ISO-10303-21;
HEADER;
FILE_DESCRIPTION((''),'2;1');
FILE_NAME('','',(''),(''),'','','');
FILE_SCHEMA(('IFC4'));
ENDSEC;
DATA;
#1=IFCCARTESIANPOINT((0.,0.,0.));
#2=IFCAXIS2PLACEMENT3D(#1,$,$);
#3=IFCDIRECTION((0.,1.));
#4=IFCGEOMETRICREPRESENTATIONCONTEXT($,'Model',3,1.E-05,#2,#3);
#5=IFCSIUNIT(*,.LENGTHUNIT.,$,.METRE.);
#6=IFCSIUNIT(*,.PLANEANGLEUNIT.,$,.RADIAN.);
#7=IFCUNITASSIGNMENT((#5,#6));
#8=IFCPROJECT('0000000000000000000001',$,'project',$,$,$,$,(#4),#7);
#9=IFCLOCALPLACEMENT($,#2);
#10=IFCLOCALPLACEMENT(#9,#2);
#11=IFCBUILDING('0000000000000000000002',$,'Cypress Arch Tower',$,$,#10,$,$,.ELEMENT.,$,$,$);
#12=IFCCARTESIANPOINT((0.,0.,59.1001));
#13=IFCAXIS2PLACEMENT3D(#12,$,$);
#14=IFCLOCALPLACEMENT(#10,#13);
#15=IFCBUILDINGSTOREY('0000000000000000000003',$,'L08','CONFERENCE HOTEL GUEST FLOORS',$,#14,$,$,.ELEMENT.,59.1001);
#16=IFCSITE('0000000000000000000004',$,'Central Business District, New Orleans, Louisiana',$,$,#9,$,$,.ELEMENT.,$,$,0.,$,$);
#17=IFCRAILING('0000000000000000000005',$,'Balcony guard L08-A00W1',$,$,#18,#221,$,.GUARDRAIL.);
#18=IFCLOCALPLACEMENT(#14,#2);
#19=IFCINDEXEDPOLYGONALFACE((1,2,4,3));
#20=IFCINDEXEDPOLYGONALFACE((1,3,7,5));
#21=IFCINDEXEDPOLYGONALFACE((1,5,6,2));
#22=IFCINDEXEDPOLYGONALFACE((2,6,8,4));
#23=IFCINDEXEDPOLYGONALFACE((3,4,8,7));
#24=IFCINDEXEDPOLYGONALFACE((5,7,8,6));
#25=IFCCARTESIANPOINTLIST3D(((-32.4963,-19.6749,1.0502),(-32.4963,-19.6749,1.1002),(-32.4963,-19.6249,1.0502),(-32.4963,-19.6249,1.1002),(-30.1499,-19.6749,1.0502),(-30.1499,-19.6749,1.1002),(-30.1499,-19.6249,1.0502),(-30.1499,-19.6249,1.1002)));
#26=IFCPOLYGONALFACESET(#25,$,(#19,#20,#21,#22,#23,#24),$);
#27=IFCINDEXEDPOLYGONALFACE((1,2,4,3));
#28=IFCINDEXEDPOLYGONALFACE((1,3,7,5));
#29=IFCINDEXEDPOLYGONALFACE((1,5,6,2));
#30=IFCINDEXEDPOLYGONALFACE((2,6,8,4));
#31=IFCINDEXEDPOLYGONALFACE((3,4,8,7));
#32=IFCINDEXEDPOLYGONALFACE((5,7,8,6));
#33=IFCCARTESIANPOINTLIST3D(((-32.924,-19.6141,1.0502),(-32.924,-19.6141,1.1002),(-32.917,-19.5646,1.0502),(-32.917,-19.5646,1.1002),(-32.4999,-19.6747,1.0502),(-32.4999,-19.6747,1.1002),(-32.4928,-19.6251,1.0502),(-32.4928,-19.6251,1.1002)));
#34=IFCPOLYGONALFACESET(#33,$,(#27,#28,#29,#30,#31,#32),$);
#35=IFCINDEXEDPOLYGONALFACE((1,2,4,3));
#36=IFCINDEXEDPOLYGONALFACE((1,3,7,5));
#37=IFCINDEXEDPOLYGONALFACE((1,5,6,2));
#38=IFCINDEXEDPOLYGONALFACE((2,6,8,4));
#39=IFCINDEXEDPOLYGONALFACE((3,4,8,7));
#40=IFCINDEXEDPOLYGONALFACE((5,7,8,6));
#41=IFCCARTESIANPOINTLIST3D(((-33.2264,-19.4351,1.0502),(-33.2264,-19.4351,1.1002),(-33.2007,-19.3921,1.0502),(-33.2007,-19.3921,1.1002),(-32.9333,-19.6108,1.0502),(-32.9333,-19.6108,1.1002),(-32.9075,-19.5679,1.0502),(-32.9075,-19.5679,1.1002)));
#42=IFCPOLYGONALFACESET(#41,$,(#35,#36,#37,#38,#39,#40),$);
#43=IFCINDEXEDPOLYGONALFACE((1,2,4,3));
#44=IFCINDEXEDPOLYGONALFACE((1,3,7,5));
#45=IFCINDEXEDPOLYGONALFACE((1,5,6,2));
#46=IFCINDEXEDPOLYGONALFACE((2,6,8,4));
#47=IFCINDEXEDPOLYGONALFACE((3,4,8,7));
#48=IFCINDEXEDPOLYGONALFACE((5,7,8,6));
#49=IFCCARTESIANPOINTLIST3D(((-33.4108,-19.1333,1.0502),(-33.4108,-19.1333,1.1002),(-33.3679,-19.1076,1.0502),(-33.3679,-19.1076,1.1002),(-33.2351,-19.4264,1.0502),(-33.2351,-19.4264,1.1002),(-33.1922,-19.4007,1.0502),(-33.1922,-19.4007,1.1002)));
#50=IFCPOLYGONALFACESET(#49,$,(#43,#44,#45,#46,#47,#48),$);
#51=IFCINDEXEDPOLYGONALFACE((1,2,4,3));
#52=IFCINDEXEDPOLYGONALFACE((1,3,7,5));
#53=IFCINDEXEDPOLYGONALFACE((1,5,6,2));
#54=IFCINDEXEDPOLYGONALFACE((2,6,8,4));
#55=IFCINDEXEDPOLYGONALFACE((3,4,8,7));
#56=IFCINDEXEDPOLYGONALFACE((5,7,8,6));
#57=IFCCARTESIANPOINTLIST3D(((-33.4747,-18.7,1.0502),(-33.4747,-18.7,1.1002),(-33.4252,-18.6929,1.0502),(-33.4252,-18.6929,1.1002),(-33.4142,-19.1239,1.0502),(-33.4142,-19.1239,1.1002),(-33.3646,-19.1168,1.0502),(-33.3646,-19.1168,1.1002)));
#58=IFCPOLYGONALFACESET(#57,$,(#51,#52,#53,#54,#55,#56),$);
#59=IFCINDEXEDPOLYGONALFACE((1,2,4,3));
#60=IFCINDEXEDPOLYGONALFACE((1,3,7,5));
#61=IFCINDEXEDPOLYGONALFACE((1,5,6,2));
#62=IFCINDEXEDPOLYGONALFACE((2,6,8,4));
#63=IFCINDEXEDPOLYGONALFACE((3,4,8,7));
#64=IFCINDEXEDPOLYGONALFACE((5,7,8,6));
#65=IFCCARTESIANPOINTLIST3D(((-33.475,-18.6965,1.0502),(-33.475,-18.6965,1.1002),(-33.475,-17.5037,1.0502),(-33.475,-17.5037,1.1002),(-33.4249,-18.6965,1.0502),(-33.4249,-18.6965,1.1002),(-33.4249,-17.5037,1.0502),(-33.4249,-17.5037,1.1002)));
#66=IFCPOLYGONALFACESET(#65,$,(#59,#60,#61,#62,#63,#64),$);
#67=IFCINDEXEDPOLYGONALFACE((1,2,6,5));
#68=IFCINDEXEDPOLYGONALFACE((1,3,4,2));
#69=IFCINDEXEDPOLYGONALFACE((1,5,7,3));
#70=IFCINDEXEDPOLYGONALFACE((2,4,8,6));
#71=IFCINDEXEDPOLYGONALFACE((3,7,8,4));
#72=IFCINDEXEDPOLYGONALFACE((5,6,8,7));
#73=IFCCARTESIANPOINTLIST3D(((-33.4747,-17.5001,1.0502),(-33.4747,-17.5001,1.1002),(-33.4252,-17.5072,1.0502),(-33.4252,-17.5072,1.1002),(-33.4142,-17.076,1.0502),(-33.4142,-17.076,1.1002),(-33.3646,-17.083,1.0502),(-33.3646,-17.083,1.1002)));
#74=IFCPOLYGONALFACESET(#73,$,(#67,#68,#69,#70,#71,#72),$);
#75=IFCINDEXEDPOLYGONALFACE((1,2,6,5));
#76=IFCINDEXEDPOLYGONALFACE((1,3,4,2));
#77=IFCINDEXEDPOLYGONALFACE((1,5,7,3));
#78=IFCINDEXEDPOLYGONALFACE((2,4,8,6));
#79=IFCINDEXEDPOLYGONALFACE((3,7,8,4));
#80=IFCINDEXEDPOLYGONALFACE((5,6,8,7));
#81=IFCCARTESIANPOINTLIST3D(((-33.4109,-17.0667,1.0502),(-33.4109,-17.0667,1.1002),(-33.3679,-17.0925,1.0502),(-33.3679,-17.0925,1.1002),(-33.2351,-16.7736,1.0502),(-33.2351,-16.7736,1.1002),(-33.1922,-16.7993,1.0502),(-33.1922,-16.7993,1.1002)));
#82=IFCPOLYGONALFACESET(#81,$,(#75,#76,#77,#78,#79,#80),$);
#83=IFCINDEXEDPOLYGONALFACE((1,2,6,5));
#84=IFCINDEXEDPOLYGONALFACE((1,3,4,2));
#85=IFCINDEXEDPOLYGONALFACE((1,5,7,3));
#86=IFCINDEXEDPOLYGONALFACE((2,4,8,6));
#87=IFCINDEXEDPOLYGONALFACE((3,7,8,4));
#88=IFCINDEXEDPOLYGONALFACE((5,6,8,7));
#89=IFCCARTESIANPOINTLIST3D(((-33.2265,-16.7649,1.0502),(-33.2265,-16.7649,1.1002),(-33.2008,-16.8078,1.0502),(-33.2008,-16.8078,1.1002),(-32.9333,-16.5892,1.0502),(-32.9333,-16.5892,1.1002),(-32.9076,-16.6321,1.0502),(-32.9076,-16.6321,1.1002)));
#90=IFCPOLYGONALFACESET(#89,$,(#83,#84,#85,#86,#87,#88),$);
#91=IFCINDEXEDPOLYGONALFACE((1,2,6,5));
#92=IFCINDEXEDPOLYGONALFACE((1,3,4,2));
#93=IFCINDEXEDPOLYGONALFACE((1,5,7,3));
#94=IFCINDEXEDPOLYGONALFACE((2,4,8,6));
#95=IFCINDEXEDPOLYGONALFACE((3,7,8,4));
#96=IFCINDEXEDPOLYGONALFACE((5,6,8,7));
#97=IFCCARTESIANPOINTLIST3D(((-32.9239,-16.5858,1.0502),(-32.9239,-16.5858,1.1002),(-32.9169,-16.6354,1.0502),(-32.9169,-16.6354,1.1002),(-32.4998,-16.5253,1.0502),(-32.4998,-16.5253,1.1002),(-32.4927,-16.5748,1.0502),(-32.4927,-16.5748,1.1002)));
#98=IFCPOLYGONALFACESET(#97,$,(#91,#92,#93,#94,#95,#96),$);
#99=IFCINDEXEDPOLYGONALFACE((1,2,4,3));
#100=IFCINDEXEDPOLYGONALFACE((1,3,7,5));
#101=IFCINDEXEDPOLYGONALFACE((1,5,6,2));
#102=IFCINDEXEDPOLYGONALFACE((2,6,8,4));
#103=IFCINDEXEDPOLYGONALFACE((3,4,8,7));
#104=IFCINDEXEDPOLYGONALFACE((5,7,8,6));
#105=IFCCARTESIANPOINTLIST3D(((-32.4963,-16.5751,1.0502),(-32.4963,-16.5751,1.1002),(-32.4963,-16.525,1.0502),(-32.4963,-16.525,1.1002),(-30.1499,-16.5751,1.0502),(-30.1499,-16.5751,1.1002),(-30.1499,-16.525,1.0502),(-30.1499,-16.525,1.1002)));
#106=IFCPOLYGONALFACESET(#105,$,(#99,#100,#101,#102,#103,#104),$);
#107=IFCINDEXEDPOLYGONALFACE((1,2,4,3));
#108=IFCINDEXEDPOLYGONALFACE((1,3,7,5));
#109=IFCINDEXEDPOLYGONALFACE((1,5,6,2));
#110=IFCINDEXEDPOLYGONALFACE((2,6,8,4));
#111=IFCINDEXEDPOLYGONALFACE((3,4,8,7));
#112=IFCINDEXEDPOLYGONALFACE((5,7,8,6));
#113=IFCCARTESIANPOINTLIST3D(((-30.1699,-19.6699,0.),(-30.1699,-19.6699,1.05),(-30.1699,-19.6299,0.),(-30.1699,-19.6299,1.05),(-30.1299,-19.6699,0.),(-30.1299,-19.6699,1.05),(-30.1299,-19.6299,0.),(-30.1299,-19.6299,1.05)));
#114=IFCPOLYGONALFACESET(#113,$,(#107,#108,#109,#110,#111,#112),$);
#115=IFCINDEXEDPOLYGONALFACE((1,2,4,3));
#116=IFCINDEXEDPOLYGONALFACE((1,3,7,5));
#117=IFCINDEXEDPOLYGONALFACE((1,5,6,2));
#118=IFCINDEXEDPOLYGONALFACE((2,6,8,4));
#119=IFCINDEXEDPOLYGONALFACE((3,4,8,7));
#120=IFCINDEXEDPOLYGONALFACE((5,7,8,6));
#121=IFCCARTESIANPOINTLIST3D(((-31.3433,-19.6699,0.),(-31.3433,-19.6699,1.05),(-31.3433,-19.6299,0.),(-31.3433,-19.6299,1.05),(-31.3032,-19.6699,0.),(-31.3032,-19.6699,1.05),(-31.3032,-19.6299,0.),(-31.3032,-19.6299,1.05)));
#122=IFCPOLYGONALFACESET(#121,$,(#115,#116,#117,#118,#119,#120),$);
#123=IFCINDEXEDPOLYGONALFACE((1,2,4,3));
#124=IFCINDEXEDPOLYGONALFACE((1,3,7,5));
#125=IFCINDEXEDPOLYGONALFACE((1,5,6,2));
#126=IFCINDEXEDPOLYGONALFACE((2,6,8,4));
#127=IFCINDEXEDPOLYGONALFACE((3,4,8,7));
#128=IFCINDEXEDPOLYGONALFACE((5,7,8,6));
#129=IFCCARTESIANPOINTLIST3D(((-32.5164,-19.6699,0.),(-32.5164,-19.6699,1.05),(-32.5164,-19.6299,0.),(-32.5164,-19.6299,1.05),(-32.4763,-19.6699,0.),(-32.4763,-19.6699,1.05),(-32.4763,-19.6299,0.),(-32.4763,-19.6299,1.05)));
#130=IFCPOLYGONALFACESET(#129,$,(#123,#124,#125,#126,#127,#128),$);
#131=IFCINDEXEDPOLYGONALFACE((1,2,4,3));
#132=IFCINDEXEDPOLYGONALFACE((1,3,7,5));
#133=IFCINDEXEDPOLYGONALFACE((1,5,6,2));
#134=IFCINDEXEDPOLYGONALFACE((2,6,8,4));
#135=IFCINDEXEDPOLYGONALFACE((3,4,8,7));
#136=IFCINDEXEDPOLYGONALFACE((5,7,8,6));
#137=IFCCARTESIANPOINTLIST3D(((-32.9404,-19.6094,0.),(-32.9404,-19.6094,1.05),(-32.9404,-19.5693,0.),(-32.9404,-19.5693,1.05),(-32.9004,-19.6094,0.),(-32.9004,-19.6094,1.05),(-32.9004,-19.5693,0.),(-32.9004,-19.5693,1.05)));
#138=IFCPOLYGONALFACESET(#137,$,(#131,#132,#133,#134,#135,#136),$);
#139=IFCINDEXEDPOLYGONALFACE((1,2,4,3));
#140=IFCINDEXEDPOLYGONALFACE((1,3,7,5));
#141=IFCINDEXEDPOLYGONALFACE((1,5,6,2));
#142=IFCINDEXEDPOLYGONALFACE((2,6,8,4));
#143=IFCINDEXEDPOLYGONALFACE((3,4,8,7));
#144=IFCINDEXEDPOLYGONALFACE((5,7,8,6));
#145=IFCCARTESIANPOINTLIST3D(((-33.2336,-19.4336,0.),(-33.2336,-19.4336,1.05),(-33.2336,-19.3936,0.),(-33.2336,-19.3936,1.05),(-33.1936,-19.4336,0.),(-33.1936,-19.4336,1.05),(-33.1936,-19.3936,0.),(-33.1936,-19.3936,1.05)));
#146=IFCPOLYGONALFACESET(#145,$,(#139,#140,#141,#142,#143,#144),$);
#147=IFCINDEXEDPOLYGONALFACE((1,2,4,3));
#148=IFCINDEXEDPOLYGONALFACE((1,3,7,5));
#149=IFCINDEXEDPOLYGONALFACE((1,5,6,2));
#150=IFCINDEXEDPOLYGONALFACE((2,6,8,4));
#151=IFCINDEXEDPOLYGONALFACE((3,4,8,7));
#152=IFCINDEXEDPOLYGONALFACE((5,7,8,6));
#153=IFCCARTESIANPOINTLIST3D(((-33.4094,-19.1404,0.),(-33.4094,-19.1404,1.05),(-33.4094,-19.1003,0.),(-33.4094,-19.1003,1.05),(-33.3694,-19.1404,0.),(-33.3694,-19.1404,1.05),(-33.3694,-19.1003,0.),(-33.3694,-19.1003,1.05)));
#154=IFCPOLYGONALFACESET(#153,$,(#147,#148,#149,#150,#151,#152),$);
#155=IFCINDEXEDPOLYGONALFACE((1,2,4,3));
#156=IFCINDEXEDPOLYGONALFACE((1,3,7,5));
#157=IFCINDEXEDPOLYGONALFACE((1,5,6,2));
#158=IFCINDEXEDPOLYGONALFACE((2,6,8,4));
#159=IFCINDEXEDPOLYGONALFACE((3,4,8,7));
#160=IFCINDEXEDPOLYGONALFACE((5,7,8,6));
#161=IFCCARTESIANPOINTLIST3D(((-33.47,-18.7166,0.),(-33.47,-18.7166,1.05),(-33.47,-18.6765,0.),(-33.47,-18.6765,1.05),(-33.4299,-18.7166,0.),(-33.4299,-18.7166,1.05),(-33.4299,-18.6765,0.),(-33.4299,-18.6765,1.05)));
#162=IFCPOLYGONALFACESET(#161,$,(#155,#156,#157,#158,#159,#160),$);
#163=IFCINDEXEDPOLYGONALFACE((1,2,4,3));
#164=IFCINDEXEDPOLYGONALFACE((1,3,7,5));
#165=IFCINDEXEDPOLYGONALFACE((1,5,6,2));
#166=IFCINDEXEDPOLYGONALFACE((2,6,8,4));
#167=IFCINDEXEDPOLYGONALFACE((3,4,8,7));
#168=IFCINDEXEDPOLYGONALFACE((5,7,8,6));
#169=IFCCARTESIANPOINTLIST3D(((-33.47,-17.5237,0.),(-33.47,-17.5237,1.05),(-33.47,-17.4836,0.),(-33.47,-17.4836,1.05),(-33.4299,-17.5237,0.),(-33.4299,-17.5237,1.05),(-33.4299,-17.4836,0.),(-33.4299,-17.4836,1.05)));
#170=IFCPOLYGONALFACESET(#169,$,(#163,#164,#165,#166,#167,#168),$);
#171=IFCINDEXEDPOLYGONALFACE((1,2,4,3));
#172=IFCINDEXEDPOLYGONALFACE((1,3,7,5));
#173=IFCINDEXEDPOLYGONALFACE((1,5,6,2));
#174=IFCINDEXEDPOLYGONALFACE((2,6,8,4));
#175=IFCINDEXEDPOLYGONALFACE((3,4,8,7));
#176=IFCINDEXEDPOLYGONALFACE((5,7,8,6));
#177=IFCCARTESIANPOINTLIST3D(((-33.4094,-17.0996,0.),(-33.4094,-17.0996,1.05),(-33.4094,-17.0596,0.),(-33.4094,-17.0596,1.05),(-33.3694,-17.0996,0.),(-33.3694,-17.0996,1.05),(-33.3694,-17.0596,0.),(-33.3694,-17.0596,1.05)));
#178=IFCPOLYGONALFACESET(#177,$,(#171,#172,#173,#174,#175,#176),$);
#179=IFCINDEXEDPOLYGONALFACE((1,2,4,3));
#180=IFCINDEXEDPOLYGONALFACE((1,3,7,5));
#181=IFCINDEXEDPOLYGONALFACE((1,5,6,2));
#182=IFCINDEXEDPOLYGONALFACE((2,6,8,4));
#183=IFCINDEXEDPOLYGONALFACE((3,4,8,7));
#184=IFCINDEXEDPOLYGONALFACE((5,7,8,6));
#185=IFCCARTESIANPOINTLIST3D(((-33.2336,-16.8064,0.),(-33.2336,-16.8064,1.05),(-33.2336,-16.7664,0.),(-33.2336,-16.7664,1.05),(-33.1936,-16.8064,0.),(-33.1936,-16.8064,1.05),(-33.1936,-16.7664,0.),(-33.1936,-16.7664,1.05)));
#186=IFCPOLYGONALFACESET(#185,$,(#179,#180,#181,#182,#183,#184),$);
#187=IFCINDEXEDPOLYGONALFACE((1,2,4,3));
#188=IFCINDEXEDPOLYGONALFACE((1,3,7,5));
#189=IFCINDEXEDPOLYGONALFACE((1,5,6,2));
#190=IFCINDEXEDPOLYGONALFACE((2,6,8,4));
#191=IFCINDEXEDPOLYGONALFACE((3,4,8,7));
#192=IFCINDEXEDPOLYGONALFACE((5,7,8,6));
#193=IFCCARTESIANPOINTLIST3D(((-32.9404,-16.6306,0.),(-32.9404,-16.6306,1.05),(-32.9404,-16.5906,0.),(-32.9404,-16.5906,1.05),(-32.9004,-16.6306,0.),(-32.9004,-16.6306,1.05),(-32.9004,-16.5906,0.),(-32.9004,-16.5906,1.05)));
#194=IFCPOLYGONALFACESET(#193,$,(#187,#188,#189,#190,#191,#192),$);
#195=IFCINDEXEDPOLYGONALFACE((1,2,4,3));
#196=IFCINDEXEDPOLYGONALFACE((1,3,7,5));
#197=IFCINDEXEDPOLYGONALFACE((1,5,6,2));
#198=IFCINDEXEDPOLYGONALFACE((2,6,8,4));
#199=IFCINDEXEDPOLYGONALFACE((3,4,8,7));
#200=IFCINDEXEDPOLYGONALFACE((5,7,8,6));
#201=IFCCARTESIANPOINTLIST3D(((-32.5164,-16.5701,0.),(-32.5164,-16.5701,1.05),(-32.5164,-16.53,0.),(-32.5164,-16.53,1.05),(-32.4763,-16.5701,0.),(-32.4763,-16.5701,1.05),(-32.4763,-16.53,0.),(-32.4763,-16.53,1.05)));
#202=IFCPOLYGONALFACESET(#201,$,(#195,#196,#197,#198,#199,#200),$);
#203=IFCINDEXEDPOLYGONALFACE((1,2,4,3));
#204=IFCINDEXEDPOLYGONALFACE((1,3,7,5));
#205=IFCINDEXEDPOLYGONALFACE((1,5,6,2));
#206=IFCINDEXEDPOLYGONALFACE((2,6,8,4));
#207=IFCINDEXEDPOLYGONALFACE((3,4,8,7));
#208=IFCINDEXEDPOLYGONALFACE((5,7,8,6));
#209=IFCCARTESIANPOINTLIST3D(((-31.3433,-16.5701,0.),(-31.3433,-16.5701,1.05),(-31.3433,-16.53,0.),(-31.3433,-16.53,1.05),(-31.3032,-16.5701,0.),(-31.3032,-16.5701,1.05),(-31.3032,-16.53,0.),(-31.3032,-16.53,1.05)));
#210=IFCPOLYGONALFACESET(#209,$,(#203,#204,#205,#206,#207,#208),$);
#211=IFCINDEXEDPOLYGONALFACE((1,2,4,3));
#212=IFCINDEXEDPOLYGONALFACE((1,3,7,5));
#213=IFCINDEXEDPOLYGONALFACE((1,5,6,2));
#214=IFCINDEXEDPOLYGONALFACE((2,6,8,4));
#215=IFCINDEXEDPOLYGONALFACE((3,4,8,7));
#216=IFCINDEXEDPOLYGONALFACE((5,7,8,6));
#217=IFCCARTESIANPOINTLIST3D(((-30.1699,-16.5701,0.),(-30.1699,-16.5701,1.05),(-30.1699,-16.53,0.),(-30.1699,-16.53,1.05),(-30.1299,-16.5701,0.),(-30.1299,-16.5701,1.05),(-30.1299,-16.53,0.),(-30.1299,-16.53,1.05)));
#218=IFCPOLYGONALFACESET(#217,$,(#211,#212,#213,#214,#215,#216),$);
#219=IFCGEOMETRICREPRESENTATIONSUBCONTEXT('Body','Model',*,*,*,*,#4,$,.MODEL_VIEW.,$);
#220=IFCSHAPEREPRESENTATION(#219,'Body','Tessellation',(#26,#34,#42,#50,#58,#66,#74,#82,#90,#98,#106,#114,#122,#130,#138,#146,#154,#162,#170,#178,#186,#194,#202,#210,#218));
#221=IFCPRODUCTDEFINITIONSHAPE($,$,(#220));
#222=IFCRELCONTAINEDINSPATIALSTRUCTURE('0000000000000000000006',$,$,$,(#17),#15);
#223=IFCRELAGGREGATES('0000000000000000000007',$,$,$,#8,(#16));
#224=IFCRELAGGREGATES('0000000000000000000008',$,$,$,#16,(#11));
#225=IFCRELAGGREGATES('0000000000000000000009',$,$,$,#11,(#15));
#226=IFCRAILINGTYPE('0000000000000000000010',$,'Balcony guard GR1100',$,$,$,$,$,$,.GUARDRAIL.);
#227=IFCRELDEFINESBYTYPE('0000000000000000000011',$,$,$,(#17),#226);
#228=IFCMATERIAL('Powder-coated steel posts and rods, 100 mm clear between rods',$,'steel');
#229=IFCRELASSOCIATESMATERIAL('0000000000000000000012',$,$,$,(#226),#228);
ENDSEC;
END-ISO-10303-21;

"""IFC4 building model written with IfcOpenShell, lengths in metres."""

from ifc_helpers import new_model, si_unit, direction, frame, origin, origin_2d, place, context, subcontext, project, spatial, rectangle, extrude, material, type_object, element, save


model = new_model("IFC4")

# Units and contexts
model_context = context("Model", 3, precision=1e-05, world=origin(), true_north=direction((0.0, 1.0)))
body_context = subcontext(model_context, "Body", "Model", "MODEL_VIEW")
ifc_project = project(units=[si_unit("LENGTHUNIT", "METRE"), si_unit("PLANEANGLEUNIT", "RADIAN")], contexts=[model_context])

# Site, building, storey
site_placement = place(None, origin())
site = spatial("IfcSite", under=ifc_project, at=site_placement, Name="Central Business District, New Orleans, Louisiana", CompositionType="ELEMENT", RefElevation=0.0)
building_placement = place(site_placement, origin())
building = spatial("IfcBuilding", under=site, at=building_placement, Name="Cypress Arch Tower", CompositionType="ELEMENT")
storey_placement = place(building_placement, frame((0.0, 0.0, 59.1001)))
storey = spatial("IfcBuildingStorey", under=building, at=storey_placement, Name="L08", Description="CONFERENCE HOTEL GUEST FLOORS", CompositionType="ELEMENT", Elevation=59.1001)

# Railing
ifc_material_1 = material(Name="Powder-coated steel posts and rods, 100 mm clear between rods", Category="steel")
railing_type = type_object("IfcRailingType", Name="Balcony guard GR1100", PredefinedType="GUARDRAIL", material=ifc_material_1)
railing_placement = place(storey_placement, frame((-30.1499, -19.6499, 0.0)))
element("IfcRailing", 1, at=railing_placement, inside=storey, type_object=railing_type, Name="Balcony guard L08-A00W1", PredefinedType="GUARDRAIL", context=body_context, shape_type="SweptSolid", body=[
    extrude(rectangle(XDim=0.05, YDim=0.05, at=origin_2d()), frame((0.0, 0.0, 1.0752), z_axis=(-1.0, 0.0, 0.0), x_axis=(0.0, -1.0, 0.0)), (0.0, 0.0, 1.0), 2.3464),
    extrude(rectangle(XDim=0.05, YDim=0.05, at=origin_2d()), frame((-2.3464, 0.0, 1.0752), z_axis=(-0.989961, 0.141342, 0.0), x_axis=(-0.141342, -0.989961, 0.0)), (0.0, 0.0, 1.0), 0.4285),
    extrude(rectangle(XDim=0.05, YDim=0.05, at=origin_2d()), frame((-2.7705, 0.0605, 1.0752), z_axis=(-0.857682, 0.514181, 0.0), x_axis=(-0.514181, -0.857682, 0.0)), (0.0, 0.0, 1.0), 0.3418),
    extrude(rectangle(XDim=0.05, YDim=0.05, at=origin_2d()), frame((-3.0637, 0.2363, 1.0752), z_axis=(-0.514181, 0.857682, 0.0), x_axis=(-0.857682, -0.514181, 0.0)), (0.0, 0.0, 1.0), 0.3418),
    extrude(rectangle(XDim=0.05, YDim=0.05, at=origin_2d()), frame((-3.2395, 0.5295, 1.0752), z_axis=(-0.141421, 0.989949, 0.0), x_axis=(-0.989949, -0.141421, 0.0)), (0.0, 0.0, 1.0), 0.4282),
    extrude(rectangle(XDim=0.05, YDim=0.05, at=origin_2d()), frame((-3.3, 0.9534, 1.0752), z_axis=(0.0, 1.0, 0.0), x_axis=(-1.0, 0.0, 0.0)), (0.0, 0.0, 1.0), 1.1929),
    extrude(rectangle(XDim=0.05, YDim=0.05, at=origin_2d()), frame((-3.3, 2.1462, 1.0752), z_axis=(0.141342, 0.989961, 0.0), x_axis=(-0.989961, 0.141342, 0.0)), (0.0, 0.0, 1.0), 0.4285),
    extrude(rectangle(XDim=0.05, YDim=0.05, at=origin_2d()), frame((-3.2395, 2.5703, 1.0752), z_axis=(0.514181, 0.857682, 0.0), x_axis=(-0.857682, 0.514181, 0.0)), (0.0, 0.0, 1.0), 0.3418),
    extrude(rectangle(XDim=0.05, YDim=0.05, at=origin_2d()), frame((-3.0637, 2.8635, 1.0752), z_axis=(0.857682, 0.514181, 0.0), x_axis=(-0.514181, 0.857682, 0.0)), (0.0, 0.0, 1.0), 0.3418),
    extrude(rectangle(XDim=0.05, YDim=0.05, at=origin_2d()), frame((-2.7705, 3.0393, 1.0752), z_axis=(0.989961, 0.141342, 0.0), x_axis=(-0.141342, 0.989961, 0.0)), (0.0, 0.0, 1.0), 0.4285),
    extrude(rectangle(XDim=0.05, YDim=0.05, at=origin_2d()), frame((-2.3464, 3.0999, 1.0752), z_axis=(1.0, 0.0, 0.0), x_axis=(0.0, 1.0, 0.0)), (0.0, 0.0, 1.0), 2.3464),
    extrude(rectangle(XDim=0.04, YDim=0.04, at=origin_2d()), origin(), (0.0, 0.0, 1.0), 1.05),
    extrude(rectangle(XDim=0.04, YDim=0.04, at=origin_2d()), frame((-1.1733, 0.0, 0.0)), (0.0, 0.0, 1.0), 1.05),
    extrude(rectangle(XDim=0.04, YDim=0.04, at=origin_2d()), frame((-2.3464, 0.0, 0.0)), (0.0, 0.0, 1.0), 1.05),
    extrude(rectangle(XDim=0.04, YDim=0.04, at=origin_2d()), frame((-2.7705, 0.0605, 0.0)), (0.0, 0.0, 1.0), 1.05),
    extrude(rectangle(XDim=0.04, YDim=0.04, at=origin_2d()), frame((-3.0637, 0.2363, 0.0)), (0.0, 0.0, 1.0), 1.05),
    extrude(rectangle(XDim=0.04, YDim=0.04, at=origin_2d()), frame((-3.2395, 0.5295, 0.0)), (0.0, 0.0, 1.0), 1.05),
    extrude(rectangle(XDim=0.04, YDim=0.04, at=origin_2d()), frame((-3.3, 0.9534, 0.0)), (0.0, 0.0, 1.0), 1.05),
    extrude(rectangle(XDim=0.04, YDim=0.04, at=origin_2d()), frame((-3.3, 2.1462, 0.0)), (0.0, 0.0, 1.0), 1.05),
    extrude(rectangle(XDim=0.04, YDim=0.04, at=origin_2d()), frame((-3.2395, 2.5703, 0.0)), (0.0, 0.0, 1.0), 1.05),
    extrude(rectangle(XDim=0.04, YDim=0.04, at=origin_2d()), frame((-3.0637, 2.8635, 0.0)), (0.0, 0.0, 1.0), 1.05),
    extrude(rectangle(XDim=0.04, YDim=0.04, at=origin_2d()), frame((-2.7705, 3.0393, 0.0)), (0.0, 0.0, 1.0), 1.05),
    extrude(rectangle(XDim=0.04, YDim=0.04, at=origin_2d()), frame((-2.3464, 3.0999, 0.0)), (0.0, 0.0, 1.0), 1.05),
    extrude(rectangle(XDim=0.04, YDim=0.04, at=origin_2d()), frame((-1.1733, 3.0999, 0.0)), (0.0, 0.0, 1.0), 1.05),
    extrude(rectangle(XDim=0.04, YDim=0.04, at=origin_2d()), frame((0.0, 3.0999, 0.0)), (0.0, 0.0, 1.0), 1.05),
])

save(model, "model.ifc")
